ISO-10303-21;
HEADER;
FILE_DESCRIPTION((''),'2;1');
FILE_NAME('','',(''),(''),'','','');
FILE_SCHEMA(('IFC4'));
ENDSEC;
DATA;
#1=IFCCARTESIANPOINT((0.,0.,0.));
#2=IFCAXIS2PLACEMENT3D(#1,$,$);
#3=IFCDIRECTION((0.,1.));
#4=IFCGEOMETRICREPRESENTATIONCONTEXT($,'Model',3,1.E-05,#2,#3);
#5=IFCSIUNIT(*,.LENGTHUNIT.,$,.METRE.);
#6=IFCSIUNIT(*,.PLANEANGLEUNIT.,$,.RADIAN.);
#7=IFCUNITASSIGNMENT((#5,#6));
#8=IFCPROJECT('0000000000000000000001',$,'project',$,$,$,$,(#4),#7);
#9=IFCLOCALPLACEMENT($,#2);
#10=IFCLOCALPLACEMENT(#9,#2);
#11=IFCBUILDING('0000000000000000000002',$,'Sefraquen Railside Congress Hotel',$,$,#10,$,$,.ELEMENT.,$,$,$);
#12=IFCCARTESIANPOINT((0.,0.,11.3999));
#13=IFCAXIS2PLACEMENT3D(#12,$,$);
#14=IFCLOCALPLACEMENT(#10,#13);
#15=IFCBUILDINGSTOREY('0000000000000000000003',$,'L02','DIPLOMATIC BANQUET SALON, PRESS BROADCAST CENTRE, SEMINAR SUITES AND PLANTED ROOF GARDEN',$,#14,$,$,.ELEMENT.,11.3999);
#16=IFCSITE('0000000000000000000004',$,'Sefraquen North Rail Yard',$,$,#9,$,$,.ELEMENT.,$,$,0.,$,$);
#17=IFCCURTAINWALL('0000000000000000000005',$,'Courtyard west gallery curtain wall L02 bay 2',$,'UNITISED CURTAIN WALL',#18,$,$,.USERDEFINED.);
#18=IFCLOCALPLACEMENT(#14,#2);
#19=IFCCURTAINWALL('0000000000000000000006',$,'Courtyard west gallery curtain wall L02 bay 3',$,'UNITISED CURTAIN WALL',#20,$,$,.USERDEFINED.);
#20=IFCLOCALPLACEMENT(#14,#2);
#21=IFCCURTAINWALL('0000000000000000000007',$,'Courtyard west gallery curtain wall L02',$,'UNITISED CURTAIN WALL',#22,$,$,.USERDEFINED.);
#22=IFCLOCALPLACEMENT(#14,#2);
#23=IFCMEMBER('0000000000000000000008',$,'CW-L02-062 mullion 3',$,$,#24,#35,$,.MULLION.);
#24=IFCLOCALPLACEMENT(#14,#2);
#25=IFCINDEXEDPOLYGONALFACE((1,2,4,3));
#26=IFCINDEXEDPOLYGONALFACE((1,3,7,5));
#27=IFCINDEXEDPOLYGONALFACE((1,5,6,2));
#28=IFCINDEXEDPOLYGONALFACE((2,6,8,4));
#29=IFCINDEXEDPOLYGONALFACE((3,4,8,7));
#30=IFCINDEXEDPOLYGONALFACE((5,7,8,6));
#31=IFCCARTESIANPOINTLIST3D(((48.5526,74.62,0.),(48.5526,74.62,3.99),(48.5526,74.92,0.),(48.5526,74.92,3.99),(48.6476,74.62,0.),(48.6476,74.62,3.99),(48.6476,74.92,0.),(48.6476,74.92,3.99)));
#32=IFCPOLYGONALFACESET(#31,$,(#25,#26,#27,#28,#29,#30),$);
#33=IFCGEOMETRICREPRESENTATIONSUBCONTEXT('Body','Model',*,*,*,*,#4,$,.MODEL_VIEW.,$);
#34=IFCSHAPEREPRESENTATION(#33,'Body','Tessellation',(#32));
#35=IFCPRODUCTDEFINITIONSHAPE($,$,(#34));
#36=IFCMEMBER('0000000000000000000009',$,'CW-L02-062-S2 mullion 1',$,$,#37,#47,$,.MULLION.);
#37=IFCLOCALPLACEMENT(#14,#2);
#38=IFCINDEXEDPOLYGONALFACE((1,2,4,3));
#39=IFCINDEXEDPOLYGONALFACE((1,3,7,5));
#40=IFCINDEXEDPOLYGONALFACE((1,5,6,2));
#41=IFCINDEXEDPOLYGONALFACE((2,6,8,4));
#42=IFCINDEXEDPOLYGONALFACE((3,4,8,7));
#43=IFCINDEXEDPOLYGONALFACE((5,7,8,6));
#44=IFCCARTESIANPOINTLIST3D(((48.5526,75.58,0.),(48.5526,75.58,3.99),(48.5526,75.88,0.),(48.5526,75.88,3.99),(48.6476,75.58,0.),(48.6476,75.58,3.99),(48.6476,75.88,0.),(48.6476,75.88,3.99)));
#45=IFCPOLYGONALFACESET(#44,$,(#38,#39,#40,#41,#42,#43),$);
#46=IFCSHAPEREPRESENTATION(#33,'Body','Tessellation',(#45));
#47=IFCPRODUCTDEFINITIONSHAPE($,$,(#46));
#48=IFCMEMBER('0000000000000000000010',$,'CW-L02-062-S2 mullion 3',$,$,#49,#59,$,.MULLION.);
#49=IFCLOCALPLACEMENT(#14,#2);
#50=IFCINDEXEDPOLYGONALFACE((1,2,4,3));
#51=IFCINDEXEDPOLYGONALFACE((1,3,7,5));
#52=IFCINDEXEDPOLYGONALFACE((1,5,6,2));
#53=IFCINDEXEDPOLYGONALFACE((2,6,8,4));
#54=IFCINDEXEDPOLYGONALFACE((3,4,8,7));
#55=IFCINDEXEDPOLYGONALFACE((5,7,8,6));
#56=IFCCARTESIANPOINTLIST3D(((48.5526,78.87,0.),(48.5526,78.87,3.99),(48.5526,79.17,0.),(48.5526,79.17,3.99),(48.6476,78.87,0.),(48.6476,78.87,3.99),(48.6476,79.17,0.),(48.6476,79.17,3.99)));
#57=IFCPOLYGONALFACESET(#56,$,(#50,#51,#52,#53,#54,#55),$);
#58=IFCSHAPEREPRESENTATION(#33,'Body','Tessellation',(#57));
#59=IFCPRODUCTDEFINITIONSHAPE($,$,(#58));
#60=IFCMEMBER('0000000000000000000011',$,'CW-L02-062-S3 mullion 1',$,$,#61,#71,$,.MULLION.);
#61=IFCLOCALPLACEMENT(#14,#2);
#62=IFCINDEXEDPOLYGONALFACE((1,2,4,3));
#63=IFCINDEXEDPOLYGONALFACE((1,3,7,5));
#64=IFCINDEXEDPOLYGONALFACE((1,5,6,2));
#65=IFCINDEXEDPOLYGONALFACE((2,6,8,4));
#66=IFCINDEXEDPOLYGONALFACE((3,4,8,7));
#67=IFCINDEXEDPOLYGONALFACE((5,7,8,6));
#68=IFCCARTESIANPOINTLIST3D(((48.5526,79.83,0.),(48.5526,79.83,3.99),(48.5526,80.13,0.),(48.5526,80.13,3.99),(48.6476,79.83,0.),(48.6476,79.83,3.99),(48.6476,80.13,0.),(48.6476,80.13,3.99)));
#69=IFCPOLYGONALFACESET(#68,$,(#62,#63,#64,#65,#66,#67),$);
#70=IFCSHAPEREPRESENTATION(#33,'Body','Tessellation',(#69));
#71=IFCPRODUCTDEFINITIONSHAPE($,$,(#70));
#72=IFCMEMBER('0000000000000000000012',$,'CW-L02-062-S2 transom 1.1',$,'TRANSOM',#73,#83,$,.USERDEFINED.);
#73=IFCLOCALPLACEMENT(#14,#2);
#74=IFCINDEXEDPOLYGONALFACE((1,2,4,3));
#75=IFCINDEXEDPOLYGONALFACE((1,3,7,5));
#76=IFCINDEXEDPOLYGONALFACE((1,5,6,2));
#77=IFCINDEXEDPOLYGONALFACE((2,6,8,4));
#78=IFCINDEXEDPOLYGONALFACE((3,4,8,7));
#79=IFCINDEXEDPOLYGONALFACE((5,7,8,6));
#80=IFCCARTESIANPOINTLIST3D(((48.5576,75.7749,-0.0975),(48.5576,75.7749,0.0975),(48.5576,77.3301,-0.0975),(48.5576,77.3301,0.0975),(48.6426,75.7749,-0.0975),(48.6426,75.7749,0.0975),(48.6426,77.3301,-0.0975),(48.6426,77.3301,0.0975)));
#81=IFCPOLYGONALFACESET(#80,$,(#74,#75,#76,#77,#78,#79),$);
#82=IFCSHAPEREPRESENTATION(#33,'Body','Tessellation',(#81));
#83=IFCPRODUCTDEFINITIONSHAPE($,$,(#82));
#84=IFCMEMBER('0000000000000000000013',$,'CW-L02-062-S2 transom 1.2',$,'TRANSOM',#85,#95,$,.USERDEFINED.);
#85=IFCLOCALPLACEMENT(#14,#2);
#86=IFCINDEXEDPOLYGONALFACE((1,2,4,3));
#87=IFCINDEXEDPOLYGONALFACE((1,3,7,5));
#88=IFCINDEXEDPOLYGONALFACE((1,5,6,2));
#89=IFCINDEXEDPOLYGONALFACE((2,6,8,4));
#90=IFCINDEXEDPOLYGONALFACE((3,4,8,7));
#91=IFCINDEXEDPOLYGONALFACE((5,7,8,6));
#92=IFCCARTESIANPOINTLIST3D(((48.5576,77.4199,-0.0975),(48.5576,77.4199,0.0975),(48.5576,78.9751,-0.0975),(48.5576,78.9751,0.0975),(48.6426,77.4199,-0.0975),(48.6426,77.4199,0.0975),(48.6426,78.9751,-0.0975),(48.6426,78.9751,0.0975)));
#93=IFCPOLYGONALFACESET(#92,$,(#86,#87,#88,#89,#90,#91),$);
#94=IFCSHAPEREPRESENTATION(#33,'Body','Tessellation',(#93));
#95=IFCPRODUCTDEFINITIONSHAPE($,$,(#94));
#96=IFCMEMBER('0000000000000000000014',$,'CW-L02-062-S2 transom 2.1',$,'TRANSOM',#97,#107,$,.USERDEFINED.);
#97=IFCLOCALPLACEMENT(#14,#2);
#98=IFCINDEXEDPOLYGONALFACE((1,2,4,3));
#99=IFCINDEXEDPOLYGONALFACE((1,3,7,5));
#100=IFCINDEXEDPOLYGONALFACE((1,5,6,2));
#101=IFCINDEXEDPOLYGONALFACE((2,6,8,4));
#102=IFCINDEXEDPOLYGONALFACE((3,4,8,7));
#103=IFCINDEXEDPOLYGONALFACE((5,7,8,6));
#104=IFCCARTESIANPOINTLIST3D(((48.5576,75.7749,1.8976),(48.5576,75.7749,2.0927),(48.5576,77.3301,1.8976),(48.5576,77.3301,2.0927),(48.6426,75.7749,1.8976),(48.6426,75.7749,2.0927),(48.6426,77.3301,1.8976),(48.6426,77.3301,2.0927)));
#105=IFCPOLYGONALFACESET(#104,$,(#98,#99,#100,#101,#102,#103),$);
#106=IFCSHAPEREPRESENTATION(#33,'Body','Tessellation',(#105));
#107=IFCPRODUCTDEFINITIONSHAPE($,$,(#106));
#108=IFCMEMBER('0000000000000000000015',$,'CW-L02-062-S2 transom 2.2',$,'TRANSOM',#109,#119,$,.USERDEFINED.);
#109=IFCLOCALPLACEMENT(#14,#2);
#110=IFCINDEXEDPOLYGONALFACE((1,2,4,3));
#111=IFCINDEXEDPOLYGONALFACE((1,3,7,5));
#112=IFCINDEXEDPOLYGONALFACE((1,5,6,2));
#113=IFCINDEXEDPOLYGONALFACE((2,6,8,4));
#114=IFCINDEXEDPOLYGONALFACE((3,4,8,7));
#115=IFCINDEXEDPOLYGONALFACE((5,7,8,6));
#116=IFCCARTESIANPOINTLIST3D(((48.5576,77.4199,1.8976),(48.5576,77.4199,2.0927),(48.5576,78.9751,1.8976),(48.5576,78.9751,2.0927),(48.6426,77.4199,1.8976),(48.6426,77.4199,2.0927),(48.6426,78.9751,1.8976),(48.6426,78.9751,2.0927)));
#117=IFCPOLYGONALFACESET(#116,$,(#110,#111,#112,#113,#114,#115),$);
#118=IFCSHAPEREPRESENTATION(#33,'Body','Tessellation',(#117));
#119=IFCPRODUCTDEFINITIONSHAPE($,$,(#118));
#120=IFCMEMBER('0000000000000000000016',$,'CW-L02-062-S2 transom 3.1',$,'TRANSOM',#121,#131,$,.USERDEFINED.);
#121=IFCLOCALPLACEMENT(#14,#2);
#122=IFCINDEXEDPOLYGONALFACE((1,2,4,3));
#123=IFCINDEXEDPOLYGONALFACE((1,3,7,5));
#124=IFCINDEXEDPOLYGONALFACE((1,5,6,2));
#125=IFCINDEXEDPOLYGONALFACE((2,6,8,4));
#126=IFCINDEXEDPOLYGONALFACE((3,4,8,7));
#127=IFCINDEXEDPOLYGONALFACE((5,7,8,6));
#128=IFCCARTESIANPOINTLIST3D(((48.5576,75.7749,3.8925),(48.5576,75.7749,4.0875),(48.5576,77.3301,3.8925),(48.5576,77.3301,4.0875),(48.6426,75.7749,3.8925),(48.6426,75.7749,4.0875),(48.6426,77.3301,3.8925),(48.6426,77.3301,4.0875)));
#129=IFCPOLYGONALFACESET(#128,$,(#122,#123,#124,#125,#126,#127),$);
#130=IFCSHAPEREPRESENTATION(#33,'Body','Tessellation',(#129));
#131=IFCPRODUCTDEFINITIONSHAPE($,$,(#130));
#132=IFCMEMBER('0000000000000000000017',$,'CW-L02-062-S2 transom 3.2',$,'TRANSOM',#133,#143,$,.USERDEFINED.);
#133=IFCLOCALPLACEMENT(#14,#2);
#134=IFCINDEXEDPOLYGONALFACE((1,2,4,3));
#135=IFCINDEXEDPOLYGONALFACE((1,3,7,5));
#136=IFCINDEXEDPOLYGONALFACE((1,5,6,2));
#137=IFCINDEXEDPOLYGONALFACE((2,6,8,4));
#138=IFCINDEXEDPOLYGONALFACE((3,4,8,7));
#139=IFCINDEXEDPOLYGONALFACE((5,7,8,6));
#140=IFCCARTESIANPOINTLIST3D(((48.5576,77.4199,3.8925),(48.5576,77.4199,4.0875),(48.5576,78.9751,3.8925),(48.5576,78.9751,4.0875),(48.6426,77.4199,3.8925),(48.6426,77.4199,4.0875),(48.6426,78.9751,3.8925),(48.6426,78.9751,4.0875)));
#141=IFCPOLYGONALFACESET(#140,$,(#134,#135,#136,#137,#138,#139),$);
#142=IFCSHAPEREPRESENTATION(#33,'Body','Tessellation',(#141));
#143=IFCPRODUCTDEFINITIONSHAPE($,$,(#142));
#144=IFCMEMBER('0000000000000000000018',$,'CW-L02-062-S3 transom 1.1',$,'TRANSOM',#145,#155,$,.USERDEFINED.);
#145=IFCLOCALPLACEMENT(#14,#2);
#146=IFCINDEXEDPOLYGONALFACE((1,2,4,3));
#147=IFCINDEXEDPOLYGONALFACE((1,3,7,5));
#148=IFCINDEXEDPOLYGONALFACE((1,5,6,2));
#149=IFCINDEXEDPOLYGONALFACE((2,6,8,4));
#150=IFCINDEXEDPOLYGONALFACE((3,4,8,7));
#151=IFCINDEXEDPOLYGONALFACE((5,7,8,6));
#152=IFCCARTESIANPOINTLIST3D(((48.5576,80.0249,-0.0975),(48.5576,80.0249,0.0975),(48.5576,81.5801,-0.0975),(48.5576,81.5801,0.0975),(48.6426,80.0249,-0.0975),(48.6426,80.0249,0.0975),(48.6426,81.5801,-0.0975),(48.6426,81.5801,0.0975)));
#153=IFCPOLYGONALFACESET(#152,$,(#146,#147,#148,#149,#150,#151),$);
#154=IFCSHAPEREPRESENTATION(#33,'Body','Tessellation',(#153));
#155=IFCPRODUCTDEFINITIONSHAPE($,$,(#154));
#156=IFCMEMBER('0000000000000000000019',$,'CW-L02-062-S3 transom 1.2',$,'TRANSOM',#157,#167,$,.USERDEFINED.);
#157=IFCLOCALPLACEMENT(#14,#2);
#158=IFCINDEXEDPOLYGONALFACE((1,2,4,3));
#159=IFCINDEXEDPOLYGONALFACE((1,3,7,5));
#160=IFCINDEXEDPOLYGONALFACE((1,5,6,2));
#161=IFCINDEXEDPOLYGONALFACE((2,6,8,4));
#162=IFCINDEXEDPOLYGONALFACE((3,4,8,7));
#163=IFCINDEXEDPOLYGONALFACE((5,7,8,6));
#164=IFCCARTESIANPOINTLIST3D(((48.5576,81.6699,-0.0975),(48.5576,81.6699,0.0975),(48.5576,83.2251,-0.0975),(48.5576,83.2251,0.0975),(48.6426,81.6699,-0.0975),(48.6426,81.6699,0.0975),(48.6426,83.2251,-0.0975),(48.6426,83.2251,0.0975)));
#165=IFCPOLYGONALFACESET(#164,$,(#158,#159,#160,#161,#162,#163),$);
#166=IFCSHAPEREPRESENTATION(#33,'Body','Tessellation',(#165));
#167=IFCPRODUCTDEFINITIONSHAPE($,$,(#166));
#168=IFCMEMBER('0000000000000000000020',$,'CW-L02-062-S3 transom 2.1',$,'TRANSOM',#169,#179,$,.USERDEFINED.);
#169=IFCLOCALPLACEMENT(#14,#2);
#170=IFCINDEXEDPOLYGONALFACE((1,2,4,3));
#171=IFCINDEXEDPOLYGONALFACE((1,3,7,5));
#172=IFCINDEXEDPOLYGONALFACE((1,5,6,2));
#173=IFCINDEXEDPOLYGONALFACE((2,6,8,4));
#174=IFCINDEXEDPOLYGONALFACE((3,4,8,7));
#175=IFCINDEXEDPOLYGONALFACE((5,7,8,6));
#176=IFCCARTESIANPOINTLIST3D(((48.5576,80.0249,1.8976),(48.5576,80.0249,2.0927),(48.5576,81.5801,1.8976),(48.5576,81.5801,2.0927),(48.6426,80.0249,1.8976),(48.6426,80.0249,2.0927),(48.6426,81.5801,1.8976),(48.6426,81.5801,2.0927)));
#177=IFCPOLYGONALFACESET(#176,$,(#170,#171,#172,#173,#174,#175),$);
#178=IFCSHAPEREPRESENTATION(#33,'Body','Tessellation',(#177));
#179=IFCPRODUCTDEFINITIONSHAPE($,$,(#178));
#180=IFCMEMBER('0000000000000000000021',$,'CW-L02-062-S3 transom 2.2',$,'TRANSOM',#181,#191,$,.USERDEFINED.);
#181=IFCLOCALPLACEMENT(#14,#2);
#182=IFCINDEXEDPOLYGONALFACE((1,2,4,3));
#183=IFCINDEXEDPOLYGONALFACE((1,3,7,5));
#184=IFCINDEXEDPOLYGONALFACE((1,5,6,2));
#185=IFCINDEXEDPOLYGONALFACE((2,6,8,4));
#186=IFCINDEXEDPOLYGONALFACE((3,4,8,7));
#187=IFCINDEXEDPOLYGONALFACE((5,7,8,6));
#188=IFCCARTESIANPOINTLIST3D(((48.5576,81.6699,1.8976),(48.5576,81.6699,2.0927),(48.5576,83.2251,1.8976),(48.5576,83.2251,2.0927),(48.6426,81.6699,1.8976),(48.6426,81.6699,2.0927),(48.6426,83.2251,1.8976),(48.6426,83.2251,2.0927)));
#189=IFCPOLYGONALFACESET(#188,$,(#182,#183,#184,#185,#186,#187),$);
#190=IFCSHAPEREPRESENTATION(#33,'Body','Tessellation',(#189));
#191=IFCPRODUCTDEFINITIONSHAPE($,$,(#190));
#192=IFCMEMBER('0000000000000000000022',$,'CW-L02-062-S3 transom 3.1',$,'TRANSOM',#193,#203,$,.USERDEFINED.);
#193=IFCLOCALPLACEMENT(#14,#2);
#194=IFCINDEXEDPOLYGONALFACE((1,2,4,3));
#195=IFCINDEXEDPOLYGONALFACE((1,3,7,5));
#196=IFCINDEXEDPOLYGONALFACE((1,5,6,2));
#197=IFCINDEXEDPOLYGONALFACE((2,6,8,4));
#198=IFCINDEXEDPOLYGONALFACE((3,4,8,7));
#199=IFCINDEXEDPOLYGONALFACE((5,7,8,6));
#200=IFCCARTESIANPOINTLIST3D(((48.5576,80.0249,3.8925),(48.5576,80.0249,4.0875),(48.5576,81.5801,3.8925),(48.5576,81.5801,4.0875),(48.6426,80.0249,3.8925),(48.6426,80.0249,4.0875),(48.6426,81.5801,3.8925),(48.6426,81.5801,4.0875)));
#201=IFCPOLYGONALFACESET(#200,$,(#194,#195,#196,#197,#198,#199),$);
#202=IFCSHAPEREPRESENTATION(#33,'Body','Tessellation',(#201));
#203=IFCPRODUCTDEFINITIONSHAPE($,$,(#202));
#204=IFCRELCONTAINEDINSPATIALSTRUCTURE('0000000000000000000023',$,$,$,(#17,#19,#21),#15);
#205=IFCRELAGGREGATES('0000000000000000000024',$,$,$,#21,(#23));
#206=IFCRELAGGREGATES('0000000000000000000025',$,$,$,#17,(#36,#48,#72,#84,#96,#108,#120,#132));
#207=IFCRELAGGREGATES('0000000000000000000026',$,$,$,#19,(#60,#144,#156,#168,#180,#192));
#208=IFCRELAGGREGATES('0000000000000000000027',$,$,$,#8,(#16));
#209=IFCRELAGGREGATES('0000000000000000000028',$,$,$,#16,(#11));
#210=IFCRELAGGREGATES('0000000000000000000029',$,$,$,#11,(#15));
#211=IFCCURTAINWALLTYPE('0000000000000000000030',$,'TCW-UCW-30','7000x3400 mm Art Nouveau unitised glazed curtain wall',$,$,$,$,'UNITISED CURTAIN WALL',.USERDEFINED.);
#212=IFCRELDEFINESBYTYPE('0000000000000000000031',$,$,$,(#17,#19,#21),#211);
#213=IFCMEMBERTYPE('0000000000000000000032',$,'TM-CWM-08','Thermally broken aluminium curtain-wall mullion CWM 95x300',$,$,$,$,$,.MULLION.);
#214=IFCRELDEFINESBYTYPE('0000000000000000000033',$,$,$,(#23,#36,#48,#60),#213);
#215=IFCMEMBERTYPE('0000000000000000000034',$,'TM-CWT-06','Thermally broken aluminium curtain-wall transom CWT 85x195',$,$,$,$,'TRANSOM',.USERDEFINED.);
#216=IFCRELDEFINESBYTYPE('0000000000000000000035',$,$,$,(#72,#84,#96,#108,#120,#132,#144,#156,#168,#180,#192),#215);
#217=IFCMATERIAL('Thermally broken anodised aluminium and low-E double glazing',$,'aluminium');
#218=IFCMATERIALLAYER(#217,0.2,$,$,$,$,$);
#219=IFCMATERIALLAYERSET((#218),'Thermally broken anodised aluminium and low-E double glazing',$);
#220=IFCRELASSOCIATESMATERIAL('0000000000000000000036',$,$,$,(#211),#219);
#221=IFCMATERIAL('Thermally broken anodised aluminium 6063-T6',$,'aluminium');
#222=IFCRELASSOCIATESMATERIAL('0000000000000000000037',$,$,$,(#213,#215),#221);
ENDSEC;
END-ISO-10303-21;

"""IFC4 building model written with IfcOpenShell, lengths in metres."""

from ifc_helpers import new_model, si_unit, direction, frame, origin, origin_2d, place, context, subcontext, project, spatial, rectangle, extrude, material, layer, layer_set, material_profile, profile_set, type_object, element, aggregate, save


model = new_model("IFC4")

# Units and contexts
model_context = context("Model", 3, precision=1e-05, world=origin(), true_north=direction((0.0, 1.0)))
body_context = subcontext(model_context, "Body", "Model", "MODEL_VIEW")
ifc_project = project(units=[si_unit("LENGTHUNIT", "METRE"), si_unit("PLANEANGLEUNIT", "RADIAN")], contexts=[model_context])

# Site, building, storey
site_placement = place(None, origin())
site = spatial("IfcSite", under=ifc_project, at=site_placement, Name="Sefraquen North Rail Yard", CompositionType="ELEMENT", RefElevation=0.0)
building_placement = place(site_placement, origin())
building = spatial("IfcBuilding", under=site, at=building_placement, Name="Sefraquen Railside Congress Hotel", CompositionType="ELEMENT")
storey_placement = place(building_placement, frame((0.0, 0.0, 11.3999)))
storey = spatial("IfcBuildingStorey", under=building, at=storey_placement, Name="L02", Description="DIPLOMATIC BANQUET SALON, PRESS BROADCAST CENTRE, SEMINAR SUITES AND PLANTED ROOF GARDEN", CompositionType="ELEMENT", Elevation=11.3999)

# Curtain walls, member
ifc_material_1 = material(Name="Thermally broken anodised aluminium and low-E double glazing", Category="aluminium")
ifc_layer_1 = layer(ifc_material_1, 0.2)
ifc_layer_set_1 = layer_set([ifc_layer_1], Name="Thermally broken anodised aluminium and low-E double glazing")
curtain_wall_type = type_object("IfcCurtainWallType", Name="TCW-UCW-30", Description="7000x3400 mm Art Nouveau unitised glazed curtain wall", ElementType="UNITISED CURTAIN WALL", PredefinedType="USERDEFINED", material=ifc_layer_set_1)
curtain_wall_1_placement = place(storey_placement, origin())
curtain_wall_1 = element("IfcCurtainWall", 1, at=curtain_wall_1_placement, inside=storey, type_object=curtain_wall_type, Name="Courtyard west gallery curtain wall L02 bay 2", ObjectType="UNITISED CURTAIN WALL", PredefinedType="USERDEFINED")
ifc_material_2 = material(Name="Thermally broken anodised aluminium 6063-T6", Category="aluminium")
curtain_wall_2_placement = place(storey_placement, origin())
curtain_wall_2 = element("IfcCurtainWall", 2, at=curtain_wall_2_placement, inside=storey, type_object=curtain_wall_type, Name="Courtyard west gallery curtain wall L02 bay 3", ObjectType="UNITISED CURTAIN WALL", PredefinedType="USERDEFINED")
curtain_wall_3_placement = place(storey_placement, origin())
curtain_wall_3 = element("IfcCurtainWall", 3, at=curtain_wall_3_placement, inside=storey, type_object=curtain_wall_type, Name="Courtyard west gallery curtain wall L02", ObjectType="UNITISED CURTAIN WALL", PredefinedType="USERDEFINED")
ifc_material_profile_1 = material_profile(ifc_material_2, rectangle(XDim=0.095, YDim=0.3, at=origin_2d()), Name="CWM 95x300")
ifc_profile_set_1 = profile_set([ifc_material_profile_1], Name="Thermally broken anodised aluminium 6063-T6")
member_type_1 = type_object("IfcMemberType", Name="TM-CWM-08", Description="Thermally broken aluminium curtain-wall mullion CWM 95x300", PredefinedType="MULLION", material=ifc_profile_set_1)
member_1_placement = place(storey_placement, frame((48.6001, 74.77, 0.0), z_axis=(0.0, 0.0, 1.0), x_axis=(1.0, 0.0, 0.0)))
member_1 = element("IfcMember", 4, at=member_1_placement, type_object=member_type_1, Name="CW-L02-062 mullion 3", PredefinedType="MULLION", context=body_context, shape_type="SweptSolid", body=[
    extrude(rectangle(XDim=0.095, YDim=0.3, at=origin_2d()), origin(), (0.0, 0.0, 1.0), 3.99),
])
aggregate(curtain_wall_3, [member_1])

# Members
member_2_placement = place(storey_placement, frame((48.6001, 75.73, 0.0), z_axis=(0.0, 0.0, 1.0), x_axis=(1.0, 0.0, 0.0)))
member_2 = element("IfcMember", 5, at=member_2_placement, type_object=member_type_1, Name="CW-L02-062-S2 mullion 1", PredefinedType="MULLION", context=body_context, shape_type="SweptSolid", body=[
    extrude(rectangle(XDim=0.095, YDim=0.3, at=origin_2d()), origin(), (0.0, 0.0, 1.0), 3.99),
])
member_3_placement = place(storey_placement, frame((48.6001, 79.02, 0.0), z_axis=(0.0, 0.0, 1.0), x_axis=(1.0, 0.0, 0.0)))
member_3 = element("IfcMember", 6, at=member_3_placement, type_object=member_type_1, Name="CW-L02-062-S2 mullion 3", PredefinedType="MULLION", context=body_context, shape_type="SweptSolid", body=[
    extrude(rectangle(XDim=0.095, YDim=0.3, at=origin_2d()), origin(), (0.0, 0.0, 1.0), 3.99),
])
member_4_placement = place(storey_placement, frame((48.6001, 79.98, 0.0), z_axis=(0.0, 0.0, 1.0), x_axis=(1.0, 0.0, 0.0)))
member_4 = element("IfcMember", 7, at=member_4_placement, type_object=member_type_1, Name="CW-L02-062-S3 mullion 1", PredefinedType="MULLION", context=body_context, shape_type="SweptSolid", body=[
    extrude(rectangle(XDim=0.095, YDim=0.3, at=origin_2d()), origin(), (0.0, 0.0, 1.0), 3.99),
])
ifc_material_profile_2 = material_profile(ifc_material_2, rectangle(XDim=0.085, YDim=0.1951, at=origin_2d()), Name="CWT 85x195")
ifc_profile_set_2 = profile_set([ifc_material_profile_2], Name="Thermally broken anodised aluminium 6063-T6")
member_type_2 = type_object("IfcMemberType", Name="TM-CWT-06", Description="Thermally broken aluminium curtain-wall transom CWT 85x195", ElementType="TRANSOM", PredefinedType="USERDEFINED", material=ifc_profile_set_2)
member_5_placement = place(storey_placement, frame((48.6001, 75.7749, 0.0), z_axis=(0.0, 1.0, 0.0), x_axis=(-1.0, 0.0, 0.0)))
member_5 = element("IfcMember", 8, at=member_5_placement, type_object=member_type_2, Name="CW-L02-062-S2 transom 1.1", ObjectType="TRANSOM", PredefinedType="USERDEFINED", context=body_context, shape_type="SweptSolid", body=[
    extrude(rectangle(XDim=0.085, YDim=0.1951, at=origin_2d()), origin(), (0.0, 0.0, 1.0), 1.5552),
])
member_6_placement = place(storey_placement, frame((48.6001, 77.4199, 0.0), z_axis=(0.0, 1.0, 0.0), x_axis=(-1.0, 0.0, 0.0)))
member_6 = element("IfcMember", 9, at=member_6_placement, type_object=member_type_2, Name="CW-L02-062-S2 transom 1.2", ObjectType="TRANSOM", PredefinedType="USERDEFINED", context=body_context, shape_type="SweptSolid", body=[
    extrude(rectangle(XDim=0.085, YDim=0.1951, at=origin_2d()), origin(), (0.0, 0.0, 1.0), 1.5552),
])
member_7_placement = place(storey_placement, frame((48.6001, 75.7749, 1.9951), z_axis=(0.0, 1.0, 0.0), x_axis=(-1.0, 0.0, 0.0)))
member_7 = element("IfcMember", 10, at=member_7_placement, type_object=member_type_2, Name="CW-L02-062-S2 transom 2.1", ObjectType="TRANSOM", PredefinedType="USERDEFINED", context=body_context, shape_type="SweptSolid", body=[
    extrude(rectangle(XDim=0.085, YDim=0.1951, at=origin_2d()), origin(), (0.0, 0.0, 1.0), 1.5552),
])
member_8_placement = place(storey_placement, frame((48.6001, 77.4199, 1.9951), z_axis=(0.0, 1.0, 0.0), x_axis=(-1.0, 0.0, 0.0)))
member_8 = element("IfcMember", 11, at=member_8_placement, type_object=member_type_2, Name="CW-L02-062-S2 transom 2.2", ObjectType="TRANSOM", PredefinedType="USERDEFINED", context=body_context, shape_type="SweptSolid", body=[
    extrude(rectangle(XDim=0.085, YDim=0.1951, at=origin_2d()), origin(), (0.0, 0.0, 1.0), 1.5552),
])
member_9_placement = place(storey_placement, frame((48.6001, 75.7749, 3.99), z_axis=(0.0, 1.0, 0.0), x_axis=(-1.0, 0.0, 0.0)))
member_9 = element("IfcMember", 12, at=member_9_placement, type_object=member_type_2, Name="CW-L02-062-S2 transom 3.1", ObjectType="TRANSOM", PredefinedType="USERDEFINED", context=body_context, shape_type="SweptSolid", body=[
    extrude(rectangle(XDim=0.085, YDim=0.1951, at=origin_2d()), origin(), (0.0, 0.0, 1.0), 1.5552),
])
member_10_placement = place(storey_placement, frame((48.6001, 77.4199, 3.99), z_axis=(0.0, 1.0, 0.0), x_axis=(-1.0, 0.0, 0.0)))
member_10 = element("IfcMember", 13, at=member_10_placement, type_object=member_type_2, Name="CW-L02-062-S2 transom 3.2", ObjectType="TRANSOM", PredefinedType="USERDEFINED", context=body_context, shape_type="SweptSolid", body=[
    extrude(rectangle(XDim=0.085, YDim=0.1951, at=origin_2d()), origin(), (0.0, 0.0, 1.0), 1.5552),
])
member_11_placement = place(storey_placement, frame((48.6001, 80.0249, 0.0), z_axis=(0.0, 1.0, 0.0), x_axis=(-1.0, 0.0, 0.0)))
member_11 = element("IfcMember", 14, at=member_11_placement, type_object=member_type_2, Name="CW-L02-062-S3 transom 1.1", ObjectType="TRANSOM", PredefinedType="USERDEFINED", context=body_context, shape_type="SweptSolid", body=[
    extrude(rectangle(XDim=0.085, YDim=0.1951, at=origin_2d()), origin(), (0.0, 0.0, 1.0), 1.5552),
])
member_12_placement = place(storey_placement, frame((48.6001, 81.6699, 0.0), z_axis=(0.0, 1.0, 0.0), x_axis=(-1.0, 0.0, 0.0)))
member_12 = element("IfcMember", 15, at=member_12_placement, type_object=member_type_2, Name="CW-L02-062-S3 transom 1.2", ObjectType="TRANSOM", PredefinedType="USERDEFINED", context=body_context, shape_type="SweptSolid", body=[
    extrude(rectangle(XDim=0.085, YDim=0.1951, at=origin_2d()), origin(), (0.0, 0.0, 1.0), 1.5552),
])
member_13_placement = place(storey_placement, frame((48.6001, 80.0249, 1.9951), z_axis=(0.0, 1.0, 0.0), x_axis=(-1.0, 0.0, 0.0)))
member_13 = element("IfcMember", 16, at=member_13_placement, type_object=member_type_2, Name="CW-L02-062-S3 transom 2.1", ObjectType="TRANSOM", PredefinedType="USERDEFINED", context=body_context, shape_type="SweptSolid", body=[
    extrude(rectangle(XDim=0.085, YDim=0.1951, at=origin_2d()), origin(), (0.0, 0.0, 1.0), 1.5552),
])
member_14_placement = place(storey_placement, frame((48.6001, 81.6699, 1.9951), z_axis=(0.0, 1.0, 0.0), x_axis=(-1.0, 0.0, 0.0)))
member_14 = element("IfcMember", 17, at=member_14_placement, type_object=member_type_2, Name="CW-L02-062-S3 transom 2.2", ObjectType="TRANSOM", PredefinedType="USERDEFINED", context=body_context, shape_type="SweptSolid", body=[
    extrude(rectangle(XDim=0.085, YDim=0.1951, at=origin_2d()), origin(), (0.0, 0.0, 1.0), 1.5552),
])
member_15_placement = place(storey_placement, frame((48.6001, 80.0249, 3.99), z_axis=(0.0, 1.0, 0.0), x_axis=(-1.0, 0.0, 0.0)))
member_15 = element("IfcMember", 18, at=member_15_placement, type_object=member_type_2, Name="CW-L02-062-S3 transom 3.1", ObjectType="TRANSOM", PredefinedType="USERDEFINED", context=body_context, shape_type="SweptSolid", body=[
    extrude(rectangle(XDim=0.085, YDim=0.1951, at=origin_2d()), origin(), (0.0, 0.0, 1.0), 1.5552),
])

aggregate(curtain_wall_1, [member_2, member_3, member_5, member_6, member_7, member_8, member_9, member_10])
aggregate(curtain_wall_2, [member_4, member_11, member_12, member_13, member_14, member_15])

save(model, "model.ifc")
